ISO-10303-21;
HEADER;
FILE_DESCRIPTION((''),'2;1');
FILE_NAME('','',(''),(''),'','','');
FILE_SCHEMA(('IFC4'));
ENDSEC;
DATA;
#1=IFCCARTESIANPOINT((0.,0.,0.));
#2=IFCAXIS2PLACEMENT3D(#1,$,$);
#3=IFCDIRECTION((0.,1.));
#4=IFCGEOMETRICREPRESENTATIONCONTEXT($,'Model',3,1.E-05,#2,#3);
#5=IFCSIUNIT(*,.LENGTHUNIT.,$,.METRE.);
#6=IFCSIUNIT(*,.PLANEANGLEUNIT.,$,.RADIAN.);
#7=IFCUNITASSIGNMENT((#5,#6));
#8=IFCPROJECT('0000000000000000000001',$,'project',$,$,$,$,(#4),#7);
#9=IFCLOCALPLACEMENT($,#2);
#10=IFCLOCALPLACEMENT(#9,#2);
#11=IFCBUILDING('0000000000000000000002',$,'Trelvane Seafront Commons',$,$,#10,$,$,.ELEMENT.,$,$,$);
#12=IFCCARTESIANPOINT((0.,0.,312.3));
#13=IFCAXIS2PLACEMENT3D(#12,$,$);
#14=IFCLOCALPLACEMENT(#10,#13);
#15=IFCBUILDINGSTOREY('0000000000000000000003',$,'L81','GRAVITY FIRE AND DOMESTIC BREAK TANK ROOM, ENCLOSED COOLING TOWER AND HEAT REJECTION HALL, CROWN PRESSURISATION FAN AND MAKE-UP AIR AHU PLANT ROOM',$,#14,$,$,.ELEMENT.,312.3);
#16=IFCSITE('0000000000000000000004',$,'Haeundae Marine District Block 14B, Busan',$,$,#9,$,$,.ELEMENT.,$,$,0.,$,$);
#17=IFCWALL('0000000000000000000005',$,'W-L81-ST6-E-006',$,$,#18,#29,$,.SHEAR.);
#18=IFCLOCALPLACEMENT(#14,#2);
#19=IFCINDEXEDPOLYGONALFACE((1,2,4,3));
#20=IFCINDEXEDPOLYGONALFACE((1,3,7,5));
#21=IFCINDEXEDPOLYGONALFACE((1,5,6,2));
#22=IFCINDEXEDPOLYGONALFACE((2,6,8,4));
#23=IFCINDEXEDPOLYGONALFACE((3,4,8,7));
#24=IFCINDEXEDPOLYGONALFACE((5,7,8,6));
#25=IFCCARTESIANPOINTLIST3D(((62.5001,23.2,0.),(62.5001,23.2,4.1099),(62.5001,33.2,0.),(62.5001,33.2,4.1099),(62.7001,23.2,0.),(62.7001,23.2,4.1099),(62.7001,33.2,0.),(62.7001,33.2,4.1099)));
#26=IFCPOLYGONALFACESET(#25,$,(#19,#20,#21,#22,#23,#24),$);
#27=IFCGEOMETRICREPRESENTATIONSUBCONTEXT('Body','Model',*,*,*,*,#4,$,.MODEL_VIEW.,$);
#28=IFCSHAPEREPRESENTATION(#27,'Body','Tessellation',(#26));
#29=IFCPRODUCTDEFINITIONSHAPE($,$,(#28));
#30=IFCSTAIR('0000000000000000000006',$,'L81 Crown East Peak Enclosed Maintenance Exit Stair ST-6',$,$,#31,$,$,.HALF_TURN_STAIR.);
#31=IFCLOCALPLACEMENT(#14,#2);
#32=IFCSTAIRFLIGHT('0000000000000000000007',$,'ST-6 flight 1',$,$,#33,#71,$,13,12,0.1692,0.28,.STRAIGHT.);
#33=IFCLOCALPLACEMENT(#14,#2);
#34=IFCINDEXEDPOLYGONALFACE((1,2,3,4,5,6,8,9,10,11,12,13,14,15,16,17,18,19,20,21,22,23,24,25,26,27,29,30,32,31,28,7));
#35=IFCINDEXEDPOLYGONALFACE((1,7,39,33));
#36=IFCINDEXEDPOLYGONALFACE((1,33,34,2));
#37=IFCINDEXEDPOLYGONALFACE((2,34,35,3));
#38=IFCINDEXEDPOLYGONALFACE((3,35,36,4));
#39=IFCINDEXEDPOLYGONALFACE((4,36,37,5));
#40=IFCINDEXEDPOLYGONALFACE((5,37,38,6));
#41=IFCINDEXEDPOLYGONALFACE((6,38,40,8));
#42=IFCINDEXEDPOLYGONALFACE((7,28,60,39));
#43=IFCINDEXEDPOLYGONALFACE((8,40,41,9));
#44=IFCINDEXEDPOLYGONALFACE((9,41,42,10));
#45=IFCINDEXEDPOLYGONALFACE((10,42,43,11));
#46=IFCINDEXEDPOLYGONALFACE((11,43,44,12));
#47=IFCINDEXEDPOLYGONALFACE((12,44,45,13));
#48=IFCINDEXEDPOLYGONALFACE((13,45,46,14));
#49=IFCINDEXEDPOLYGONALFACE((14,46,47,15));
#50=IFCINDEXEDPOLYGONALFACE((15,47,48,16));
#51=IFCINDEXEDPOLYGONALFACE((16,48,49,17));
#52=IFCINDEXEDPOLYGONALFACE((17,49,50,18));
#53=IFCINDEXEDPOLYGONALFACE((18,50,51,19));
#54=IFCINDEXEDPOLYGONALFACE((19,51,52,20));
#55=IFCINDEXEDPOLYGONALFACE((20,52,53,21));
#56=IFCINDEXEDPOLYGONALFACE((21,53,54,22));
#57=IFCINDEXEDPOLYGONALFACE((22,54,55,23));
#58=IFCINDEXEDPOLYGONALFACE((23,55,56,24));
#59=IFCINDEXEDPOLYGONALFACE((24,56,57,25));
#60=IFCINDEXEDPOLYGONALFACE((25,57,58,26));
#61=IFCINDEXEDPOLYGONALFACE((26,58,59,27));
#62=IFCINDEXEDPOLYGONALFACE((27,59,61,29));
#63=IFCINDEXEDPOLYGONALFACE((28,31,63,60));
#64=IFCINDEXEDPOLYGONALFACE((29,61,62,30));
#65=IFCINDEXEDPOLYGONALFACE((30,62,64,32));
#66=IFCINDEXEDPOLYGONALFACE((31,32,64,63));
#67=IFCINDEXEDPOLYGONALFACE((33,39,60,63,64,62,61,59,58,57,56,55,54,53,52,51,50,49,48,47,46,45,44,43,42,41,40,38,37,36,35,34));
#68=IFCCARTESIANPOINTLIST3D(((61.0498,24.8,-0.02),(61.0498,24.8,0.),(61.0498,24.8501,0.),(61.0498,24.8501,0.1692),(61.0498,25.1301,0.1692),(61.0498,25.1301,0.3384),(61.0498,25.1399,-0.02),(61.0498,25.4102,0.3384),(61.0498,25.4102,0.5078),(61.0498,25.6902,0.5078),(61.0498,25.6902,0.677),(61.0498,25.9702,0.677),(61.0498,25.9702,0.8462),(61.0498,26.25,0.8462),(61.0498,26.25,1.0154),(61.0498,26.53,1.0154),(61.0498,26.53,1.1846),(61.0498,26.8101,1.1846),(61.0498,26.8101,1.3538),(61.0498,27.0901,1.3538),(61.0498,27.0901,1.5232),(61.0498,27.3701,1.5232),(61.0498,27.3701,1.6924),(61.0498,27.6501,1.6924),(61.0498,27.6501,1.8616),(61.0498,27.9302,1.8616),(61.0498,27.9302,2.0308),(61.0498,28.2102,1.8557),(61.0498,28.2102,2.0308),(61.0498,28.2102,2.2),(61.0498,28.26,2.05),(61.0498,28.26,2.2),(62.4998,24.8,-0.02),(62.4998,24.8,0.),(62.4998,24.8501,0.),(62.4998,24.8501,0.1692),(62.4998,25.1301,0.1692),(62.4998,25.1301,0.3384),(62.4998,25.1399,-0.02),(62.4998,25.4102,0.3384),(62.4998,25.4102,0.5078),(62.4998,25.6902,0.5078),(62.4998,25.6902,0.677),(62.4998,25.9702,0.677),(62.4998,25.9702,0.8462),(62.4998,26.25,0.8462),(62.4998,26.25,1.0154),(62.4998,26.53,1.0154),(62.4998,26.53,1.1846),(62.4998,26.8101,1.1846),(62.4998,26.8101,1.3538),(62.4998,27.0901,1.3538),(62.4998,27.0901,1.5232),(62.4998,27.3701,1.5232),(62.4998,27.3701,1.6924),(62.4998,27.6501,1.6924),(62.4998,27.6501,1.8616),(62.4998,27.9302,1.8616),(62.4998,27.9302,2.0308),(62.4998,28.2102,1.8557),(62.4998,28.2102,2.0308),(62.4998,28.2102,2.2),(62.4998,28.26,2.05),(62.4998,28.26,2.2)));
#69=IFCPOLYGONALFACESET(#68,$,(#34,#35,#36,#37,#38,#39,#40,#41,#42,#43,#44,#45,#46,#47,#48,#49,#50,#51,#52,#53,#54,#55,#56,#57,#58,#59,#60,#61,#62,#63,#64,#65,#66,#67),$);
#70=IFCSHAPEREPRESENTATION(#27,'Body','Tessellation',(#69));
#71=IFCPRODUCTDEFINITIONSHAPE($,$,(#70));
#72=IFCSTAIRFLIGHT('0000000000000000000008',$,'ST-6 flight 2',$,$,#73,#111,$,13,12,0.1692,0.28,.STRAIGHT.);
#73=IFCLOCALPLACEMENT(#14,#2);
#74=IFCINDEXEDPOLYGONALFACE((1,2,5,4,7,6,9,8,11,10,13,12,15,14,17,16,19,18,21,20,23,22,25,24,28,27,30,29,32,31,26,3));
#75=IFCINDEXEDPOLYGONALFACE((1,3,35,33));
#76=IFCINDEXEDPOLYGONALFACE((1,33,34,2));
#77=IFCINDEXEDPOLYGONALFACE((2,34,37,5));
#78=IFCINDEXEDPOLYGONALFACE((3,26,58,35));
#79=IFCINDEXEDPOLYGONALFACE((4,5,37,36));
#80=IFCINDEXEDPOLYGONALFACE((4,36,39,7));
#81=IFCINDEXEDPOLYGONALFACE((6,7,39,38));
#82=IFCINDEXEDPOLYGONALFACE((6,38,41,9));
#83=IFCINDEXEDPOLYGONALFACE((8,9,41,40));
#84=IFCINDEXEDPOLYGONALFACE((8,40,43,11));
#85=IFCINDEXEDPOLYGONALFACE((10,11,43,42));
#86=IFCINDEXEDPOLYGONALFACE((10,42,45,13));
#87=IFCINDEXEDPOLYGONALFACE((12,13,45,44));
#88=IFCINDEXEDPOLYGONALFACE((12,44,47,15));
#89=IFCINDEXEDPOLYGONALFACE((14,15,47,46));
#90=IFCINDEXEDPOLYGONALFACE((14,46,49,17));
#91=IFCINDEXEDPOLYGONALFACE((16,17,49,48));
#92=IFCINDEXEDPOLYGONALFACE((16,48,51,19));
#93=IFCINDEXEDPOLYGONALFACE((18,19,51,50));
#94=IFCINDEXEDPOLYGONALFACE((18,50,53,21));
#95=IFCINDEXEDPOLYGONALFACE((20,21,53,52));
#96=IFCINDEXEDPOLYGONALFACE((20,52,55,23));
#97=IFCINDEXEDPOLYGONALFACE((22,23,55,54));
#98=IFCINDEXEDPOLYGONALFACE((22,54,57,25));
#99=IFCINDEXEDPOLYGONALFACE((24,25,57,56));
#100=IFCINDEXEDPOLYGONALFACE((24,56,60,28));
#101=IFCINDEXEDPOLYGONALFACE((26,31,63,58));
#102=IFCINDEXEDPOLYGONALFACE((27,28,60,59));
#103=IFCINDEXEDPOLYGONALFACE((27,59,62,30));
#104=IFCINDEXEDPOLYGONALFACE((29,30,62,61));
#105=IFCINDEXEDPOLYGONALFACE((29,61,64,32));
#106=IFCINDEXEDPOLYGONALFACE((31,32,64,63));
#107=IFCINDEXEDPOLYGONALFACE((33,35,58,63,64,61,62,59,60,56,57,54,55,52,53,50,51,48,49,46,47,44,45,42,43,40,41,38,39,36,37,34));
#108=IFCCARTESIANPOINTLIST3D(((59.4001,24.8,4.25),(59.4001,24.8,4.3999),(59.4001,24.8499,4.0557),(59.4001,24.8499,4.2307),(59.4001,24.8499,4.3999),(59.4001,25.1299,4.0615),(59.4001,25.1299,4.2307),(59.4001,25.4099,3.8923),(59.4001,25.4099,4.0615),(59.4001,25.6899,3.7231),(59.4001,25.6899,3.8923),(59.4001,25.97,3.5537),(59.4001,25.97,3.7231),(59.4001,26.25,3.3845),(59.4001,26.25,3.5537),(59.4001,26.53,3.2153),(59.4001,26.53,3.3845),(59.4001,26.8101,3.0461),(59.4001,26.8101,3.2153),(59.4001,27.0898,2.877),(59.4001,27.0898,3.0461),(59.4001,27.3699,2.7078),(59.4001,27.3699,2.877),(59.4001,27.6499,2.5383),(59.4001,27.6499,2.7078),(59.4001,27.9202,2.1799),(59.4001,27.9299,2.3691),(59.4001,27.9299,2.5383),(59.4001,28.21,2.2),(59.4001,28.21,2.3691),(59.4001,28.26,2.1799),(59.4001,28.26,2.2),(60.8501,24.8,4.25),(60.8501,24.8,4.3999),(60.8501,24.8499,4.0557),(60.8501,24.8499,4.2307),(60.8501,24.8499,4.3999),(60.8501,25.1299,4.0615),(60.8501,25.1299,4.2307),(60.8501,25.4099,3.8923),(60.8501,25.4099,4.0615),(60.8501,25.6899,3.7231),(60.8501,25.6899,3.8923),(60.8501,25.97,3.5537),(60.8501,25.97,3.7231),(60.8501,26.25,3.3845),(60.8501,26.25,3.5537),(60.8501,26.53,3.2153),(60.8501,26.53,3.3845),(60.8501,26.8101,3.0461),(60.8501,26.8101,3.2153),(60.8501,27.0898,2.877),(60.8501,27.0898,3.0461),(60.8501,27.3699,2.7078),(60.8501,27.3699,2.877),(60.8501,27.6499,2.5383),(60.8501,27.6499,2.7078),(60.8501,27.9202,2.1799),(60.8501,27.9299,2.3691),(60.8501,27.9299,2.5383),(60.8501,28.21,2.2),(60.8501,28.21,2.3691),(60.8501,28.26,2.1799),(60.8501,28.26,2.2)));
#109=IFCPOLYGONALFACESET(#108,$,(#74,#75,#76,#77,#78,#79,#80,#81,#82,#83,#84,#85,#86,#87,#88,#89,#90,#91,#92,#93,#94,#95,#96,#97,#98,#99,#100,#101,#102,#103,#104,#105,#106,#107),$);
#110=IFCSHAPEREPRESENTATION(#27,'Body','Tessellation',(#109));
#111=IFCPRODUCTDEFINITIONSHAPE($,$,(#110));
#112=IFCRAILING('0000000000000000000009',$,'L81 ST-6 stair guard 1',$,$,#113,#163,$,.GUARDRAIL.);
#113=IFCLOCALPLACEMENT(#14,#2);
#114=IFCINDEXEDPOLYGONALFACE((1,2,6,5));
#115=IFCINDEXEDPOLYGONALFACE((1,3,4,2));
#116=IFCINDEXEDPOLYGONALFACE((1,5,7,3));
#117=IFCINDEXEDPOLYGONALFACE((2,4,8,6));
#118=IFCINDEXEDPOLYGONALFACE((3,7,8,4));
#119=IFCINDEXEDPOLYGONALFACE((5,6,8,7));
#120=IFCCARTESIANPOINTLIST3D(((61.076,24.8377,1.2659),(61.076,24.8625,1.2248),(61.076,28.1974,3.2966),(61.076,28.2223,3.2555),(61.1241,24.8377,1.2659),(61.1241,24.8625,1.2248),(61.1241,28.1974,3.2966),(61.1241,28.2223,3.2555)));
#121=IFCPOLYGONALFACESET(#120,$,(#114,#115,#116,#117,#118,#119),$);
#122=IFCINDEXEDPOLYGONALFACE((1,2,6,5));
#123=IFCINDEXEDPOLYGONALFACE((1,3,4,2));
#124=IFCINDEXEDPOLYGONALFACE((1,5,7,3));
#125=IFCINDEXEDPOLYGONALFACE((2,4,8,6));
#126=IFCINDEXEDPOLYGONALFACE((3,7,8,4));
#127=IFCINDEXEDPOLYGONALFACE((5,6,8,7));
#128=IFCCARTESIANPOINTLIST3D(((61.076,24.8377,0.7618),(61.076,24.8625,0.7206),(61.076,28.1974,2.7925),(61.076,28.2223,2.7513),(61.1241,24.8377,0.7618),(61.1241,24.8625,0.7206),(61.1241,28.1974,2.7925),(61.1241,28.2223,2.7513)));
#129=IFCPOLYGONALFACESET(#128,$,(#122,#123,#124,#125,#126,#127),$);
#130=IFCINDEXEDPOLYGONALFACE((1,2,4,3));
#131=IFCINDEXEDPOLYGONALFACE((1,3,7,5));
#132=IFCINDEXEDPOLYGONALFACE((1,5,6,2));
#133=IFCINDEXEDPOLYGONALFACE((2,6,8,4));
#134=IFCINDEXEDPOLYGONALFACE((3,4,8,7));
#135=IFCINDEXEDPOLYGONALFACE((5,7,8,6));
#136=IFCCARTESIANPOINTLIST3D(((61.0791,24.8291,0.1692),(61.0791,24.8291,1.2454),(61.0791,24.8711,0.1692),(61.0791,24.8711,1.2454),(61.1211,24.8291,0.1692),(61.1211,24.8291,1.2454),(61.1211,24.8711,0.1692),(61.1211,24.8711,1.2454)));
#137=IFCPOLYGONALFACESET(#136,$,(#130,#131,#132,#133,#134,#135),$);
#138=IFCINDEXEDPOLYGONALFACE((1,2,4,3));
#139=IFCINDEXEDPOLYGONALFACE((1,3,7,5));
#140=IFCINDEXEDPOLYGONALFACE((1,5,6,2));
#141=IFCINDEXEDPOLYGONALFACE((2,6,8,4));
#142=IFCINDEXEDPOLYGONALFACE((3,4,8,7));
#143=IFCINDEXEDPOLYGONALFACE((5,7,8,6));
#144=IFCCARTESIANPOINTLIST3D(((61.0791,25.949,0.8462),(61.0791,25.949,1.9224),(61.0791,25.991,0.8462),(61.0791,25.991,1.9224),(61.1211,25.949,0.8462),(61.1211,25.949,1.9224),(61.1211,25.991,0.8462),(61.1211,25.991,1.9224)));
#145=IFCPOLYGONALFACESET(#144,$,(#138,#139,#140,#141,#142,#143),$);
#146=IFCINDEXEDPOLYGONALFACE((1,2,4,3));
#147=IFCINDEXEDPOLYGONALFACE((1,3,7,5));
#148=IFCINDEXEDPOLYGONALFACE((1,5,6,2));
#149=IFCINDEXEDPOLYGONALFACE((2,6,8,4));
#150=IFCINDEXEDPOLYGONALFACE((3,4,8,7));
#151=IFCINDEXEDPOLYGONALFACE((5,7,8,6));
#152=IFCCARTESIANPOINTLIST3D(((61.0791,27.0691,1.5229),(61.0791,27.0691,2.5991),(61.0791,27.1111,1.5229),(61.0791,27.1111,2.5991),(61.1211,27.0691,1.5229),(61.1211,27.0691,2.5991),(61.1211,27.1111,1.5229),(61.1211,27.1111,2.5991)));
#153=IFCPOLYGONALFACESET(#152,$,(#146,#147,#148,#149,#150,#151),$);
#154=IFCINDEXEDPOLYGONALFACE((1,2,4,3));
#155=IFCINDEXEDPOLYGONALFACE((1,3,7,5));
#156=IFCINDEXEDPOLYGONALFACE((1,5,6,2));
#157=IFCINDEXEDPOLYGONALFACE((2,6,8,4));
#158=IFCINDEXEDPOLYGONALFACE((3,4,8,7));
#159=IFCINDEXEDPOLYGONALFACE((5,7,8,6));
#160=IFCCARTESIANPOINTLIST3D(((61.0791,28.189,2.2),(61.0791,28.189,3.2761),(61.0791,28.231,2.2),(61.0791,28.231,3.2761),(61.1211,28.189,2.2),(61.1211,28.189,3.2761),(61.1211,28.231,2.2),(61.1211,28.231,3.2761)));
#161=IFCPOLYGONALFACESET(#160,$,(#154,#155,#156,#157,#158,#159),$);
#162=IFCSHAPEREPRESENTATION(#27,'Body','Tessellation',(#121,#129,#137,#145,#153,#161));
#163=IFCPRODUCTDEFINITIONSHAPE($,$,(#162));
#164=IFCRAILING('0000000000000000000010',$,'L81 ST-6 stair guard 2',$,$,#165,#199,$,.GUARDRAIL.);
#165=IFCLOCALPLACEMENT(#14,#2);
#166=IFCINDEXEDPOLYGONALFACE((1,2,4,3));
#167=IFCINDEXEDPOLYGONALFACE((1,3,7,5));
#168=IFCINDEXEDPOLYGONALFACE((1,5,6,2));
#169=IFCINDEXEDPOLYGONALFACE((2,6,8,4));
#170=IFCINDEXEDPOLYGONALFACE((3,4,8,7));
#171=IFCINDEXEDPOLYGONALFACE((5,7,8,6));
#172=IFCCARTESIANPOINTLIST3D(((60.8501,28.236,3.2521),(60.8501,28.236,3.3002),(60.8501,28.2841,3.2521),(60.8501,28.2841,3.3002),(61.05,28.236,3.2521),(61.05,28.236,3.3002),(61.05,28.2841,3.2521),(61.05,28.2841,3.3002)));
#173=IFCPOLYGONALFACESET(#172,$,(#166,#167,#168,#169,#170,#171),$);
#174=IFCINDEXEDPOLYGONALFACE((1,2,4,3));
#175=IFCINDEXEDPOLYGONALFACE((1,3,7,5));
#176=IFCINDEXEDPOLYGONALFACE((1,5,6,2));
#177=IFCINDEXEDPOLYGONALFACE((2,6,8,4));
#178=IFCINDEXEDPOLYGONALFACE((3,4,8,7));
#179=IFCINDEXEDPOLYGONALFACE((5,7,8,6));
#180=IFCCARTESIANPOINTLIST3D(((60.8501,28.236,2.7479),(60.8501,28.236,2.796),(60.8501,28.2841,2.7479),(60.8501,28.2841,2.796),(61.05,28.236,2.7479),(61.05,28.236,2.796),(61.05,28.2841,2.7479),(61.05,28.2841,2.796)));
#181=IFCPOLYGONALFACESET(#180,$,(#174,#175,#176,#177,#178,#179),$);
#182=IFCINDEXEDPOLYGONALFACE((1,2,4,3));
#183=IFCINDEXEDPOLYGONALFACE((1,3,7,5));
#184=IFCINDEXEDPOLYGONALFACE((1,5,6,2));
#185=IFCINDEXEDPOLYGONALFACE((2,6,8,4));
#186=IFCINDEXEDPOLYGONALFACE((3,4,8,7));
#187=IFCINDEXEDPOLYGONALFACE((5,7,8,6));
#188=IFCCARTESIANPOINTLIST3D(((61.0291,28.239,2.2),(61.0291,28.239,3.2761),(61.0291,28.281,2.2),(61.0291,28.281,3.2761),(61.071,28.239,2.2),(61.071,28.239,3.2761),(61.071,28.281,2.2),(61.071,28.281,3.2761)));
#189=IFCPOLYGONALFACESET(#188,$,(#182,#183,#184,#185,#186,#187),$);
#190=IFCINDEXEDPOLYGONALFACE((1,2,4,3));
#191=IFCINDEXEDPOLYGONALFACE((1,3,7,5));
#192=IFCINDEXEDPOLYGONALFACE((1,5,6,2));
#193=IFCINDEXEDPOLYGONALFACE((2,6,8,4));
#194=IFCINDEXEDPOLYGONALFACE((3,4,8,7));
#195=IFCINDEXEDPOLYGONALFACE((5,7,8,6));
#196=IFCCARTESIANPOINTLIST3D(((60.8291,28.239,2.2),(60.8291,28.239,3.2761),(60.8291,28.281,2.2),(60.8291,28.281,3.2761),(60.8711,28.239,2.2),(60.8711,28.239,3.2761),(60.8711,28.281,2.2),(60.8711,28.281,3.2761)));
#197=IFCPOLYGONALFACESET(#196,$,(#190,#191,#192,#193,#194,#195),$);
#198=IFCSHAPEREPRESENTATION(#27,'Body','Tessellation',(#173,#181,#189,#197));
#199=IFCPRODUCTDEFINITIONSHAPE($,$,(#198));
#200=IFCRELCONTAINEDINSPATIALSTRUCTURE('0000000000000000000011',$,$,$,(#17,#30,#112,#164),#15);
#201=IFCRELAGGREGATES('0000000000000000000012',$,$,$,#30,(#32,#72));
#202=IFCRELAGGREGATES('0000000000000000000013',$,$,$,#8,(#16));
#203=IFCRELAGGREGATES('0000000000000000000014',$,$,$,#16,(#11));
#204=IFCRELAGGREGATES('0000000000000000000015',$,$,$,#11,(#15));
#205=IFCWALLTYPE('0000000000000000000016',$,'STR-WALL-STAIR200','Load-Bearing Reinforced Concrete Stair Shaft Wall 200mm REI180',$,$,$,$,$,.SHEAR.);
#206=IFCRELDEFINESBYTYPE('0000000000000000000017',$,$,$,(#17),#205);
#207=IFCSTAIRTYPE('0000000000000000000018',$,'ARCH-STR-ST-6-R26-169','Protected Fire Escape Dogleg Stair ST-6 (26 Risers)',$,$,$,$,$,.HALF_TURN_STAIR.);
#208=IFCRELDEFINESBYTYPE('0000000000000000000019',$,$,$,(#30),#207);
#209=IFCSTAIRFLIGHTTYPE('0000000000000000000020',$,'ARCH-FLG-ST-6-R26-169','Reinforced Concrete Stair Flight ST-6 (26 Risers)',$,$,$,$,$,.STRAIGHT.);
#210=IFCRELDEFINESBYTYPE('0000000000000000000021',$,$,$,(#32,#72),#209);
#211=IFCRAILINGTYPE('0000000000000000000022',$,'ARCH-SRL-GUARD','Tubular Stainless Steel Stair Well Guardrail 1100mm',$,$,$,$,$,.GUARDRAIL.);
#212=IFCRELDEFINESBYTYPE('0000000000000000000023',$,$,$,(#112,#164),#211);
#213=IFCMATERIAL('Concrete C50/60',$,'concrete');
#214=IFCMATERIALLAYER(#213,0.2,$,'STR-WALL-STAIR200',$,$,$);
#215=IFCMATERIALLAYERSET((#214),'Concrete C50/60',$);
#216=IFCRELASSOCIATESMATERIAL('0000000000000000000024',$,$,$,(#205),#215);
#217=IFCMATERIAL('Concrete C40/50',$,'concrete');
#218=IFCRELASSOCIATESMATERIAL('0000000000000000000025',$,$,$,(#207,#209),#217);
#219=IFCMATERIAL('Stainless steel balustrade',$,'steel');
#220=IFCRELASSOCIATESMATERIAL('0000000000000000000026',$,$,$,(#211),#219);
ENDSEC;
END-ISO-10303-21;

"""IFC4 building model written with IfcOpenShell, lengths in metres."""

from ifc_helpers import new_model, si_unit, direction, frame, frame_2d, origin, origin_2d, place, context, subcontext, project, spatial, polyline, rectangle, outline, extrude, source, transform, mapped, material, layer, layer_set, type_object, element, aggregate, save


model = new_model("IFC4")

# Units and contexts
model_context = context("Model", 3, precision=1e-05, world=origin(), true_north=direction((0.0, 1.0)))
body_context = subcontext(model_context, "Body", "Model", "MODEL_VIEW")
ifc_project = project(units=[si_unit("LENGTHUNIT", "METRE"), si_unit("PLANEANGLEUNIT", "RADIAN")], contexts=[model_context])

# Site, building, storey
site_placement = place(None, origin())
site = spatial("IfcSite", under=ifc_project, at=site_placement, Name="Haeundae Marine District Block 14B, Busan", CompositionType="ELEMENT", RefElevation=0.0)
building_placement = place(site_placement, origin())
building = spatial("IfcBuilding", under=site, at=building_placement, Name="Trelvane Seafront Commons", CompositionType="ELEMENT")
storey_placement = place(building_placement, frame((0.0, 0.0, 312.3)))
storey = spatial("IfcBuildingStorey", under=building, at=storey_placement, Name="L81", Description="GRAVITY FIRE AND DOMESTIC BREAK TANK ROOM, ENCLOSED COOLING TOWER AND HEAT REJECTION HALL, CROWN PRESSURISATION FAN AND MAKE-UP AIR AHU PLANT ROOM", CompositionType="ELEMENT", Elevation=312.3)

# Shared definitions
ifc_material_1 = material(Name="Concrete C40/50", Category="concrete")

# Wall
ifc_material_2 = material(Name="Concrete C50/60", Category="concrete")
ifc_layer_1 = layer(ifc_material_2, 0.2, Name="STR-WALL-STAIR200")
ifc_layer_set_1 = layer_set([ifc_layer_1], Name="Concrete C50/60")
wall_type_1 = type_object("IfcWallType", Name="STR-WALL-STAIR200", Description="Load-Bearing Reinforced Concrete Stair Shaft Wall 200mm REI180", PredefinedType="SHEAR", material=ifc_layer_set_1)
for number, where, z_axis, x_axis, name in (
    (1, (62.6001, 23.2, 0.0), (0.0, 0.0, 1.0), (0.0, 1.0, 0.0), "W-L81-ST6-E-006"),
):
    element("IfcWall", number, at=place(storey_placement, frame(where, z_axis=z_axis, x_axis=x_axis)), inside=storey, type_object=wall_type_1, Name=name, PredefinedType="SHEAR", context=body_context, shape_type="SweptSolid", body=[
        extrude(rectangle(XDim=10.0, YDim=0.2, at=frame_2d((5.0, 0.0))), origin(), (0.0, 0.0, 1.0), 4.1099),
    ])

# Stair, stair flights
stair_type = type_object("IfcStairType", Name="ARCH-STR-ST-6-R26-169", Description="Protected Fire Escape Dogleg Stair ST-6 (26 Risers)", PredefinedType="HALF_TURN_STAIR", material=ifc_material_1)
stair_placement = place(storey_placement, origin())
stair = element("IfcStair", 2, at=stair_placement, inside=storey, type_object=stair_type, Name="L81 Crown East Peak Enclosed Maintenance Exit Stair ST-6", PredefinedType="HALF_TURN_STAIR")
stair_flight_type = type_object("IfcStairFlightType", Name="ARCH-FLG-ST-6-R26-169", Description="Reinforced Concrete Stair Flight ST-6 (26 Risers)", PredefinedType="STRAIGHT", material=ifc_material_1)
shared_shape_1 = source(origin(), body_context, "Body", "SweptSolid", [
    extrude(outline(polyline([(-0.05, -0.02), (-0.05, 0.0), (0.0, 0.0), (0.0, 0.1692), (0.28, 0.1692), (0.28, 0.3384), (0.5601, 0.3384), (0.5601, 0.5078), (0.8401, 0.5078), (0.8401, 0.677), (1.1201, 0.677), (1.1201, 0.8462), (1.3999, 0.8462), (1.3999, 1.0154), (1.6799, 1.0154), (1.6799, 1.1846), (1.96, 1.1846), (1.96, 1.3538), (2.24, 1.3538), (2.24, 1.5232), (2.52, 1.5232), (2.52, 1.6924), (2.8, 1.6924), (2.8, 1.8616), (3.0801, 1.8616), (3.0801, 2.0308), (3.3601, 2.0308), (3.3601, 2.2), (3.4099, 2.2), (3.4099, 2.05), (3.3601, 1.8557), (0.2898, -0.02), (-0.05, -0.02)])), frame((0.0, 0.7251, 0.0), z_axis=(0.0, -1.0, 0.0), x_axis=(1.0, 0.0, 0.0)), (0.0, 0.0, 1.0), 1.45),
])
stair_flight_1_placement = place(storey_placement, frame((61.7749, 24.8501, 0.0), z_axis=(0.0, 0.0, 1.0), x_axis=(0.0, 1.0, 0.0)))
stair_flight_1 = element("IfcStairFlight", 3, at=stair_flight_1_placement, type_object=stair_flight_type, Name="ST-6 flight 1", NumberOfRisers=13, NumberOfTreads=12, PredefinedType="STRAIGHT", RiserHeight=0.1692, TreadLength=0.28, context=body_context, shape_type="MappedRepresentation", body=[
    mapped(shared_shape_1, transform((0.0, 0.0, 0.0), x_axis=(1.0, 0.0, 0.0), y_axis=(0.0, 1.0, 0.0), z_axis=(0.0, 0.0, 1.0), scale=1.0)),
])
stair_flight_2_placement = place(storey_placement, frame((60.125, 28.21, 2.2), z_axis=(0.0, 0.0, 1.0), x_axis=(0.0, -1.0, 0.0)))
stair_flight_2 = element("IfcStairFlight", 4, at=stair_flight_2_placement, type_object=stair_flight_type, Name="ST-6 flight 2", NumberOfRisers=13, NumberOfTreads=12, PredefinedType="STRAIGHT", RiserHeight=0.1692, TreadLength=0.28, context=body_context, shape_type="MappedRepresentation", body=[
    mapped(shared_shape_1, transform((0.0, 0.0, 0.0), x_axis=(1.0, 0.0, 0.0), y_axis=(0.0, 1.0, 0.0), z_axis=(0.0, 0.0, 1.0), scale=1.0)),
])
aggregate(stair, [stair_flight_1, stair_flight_2])

# Railings
ifc_material_3 = material(Name="Stainless steel balustrade", Category="steel")
railing_type_1 = type_object("IfcRailingType", Name="ARCH-SRL-GUARD", Description="Tubular Stainless Steel Stair Well Guardrail 1100mm", PredefinedType="GUARDRAIL", material=ifc_material_3)
railing_1_placement = place(storey_placement, frame((61.1001, 24.8501, 0.1692)))
element("IfcRailing", 5, at=railing_1_placement, inside=storey, type_object=railing_type_1, Name="L81 ST-6 stair guard 1", PredefinedType="GUARDRAIL", context=body_context, shape_type="SweptSolid", body=[
    extrude(rectangle(XDim=0.0481, YDim=0.0481, at=origin_2d()), frame((0.0, 0.0, 1.0762), z_axis=(0.0, 0.85582, 0.517273), x_axis=(-1.0, 0.0, 0.0)), (0.0, 0.0, 1.0), 3.9258),
    extrude(rectangle(XDim=0.0481, YDim=0.0481, at=origin_2d()), frame((0.0, 0.0, 0.572), z_axis=(0.0, 0.85582, 0.517273), x_axis=(-1.0, 0.0, 0.0)), (0.0, 0.0, 1.0), 3.9258),
    extrude(rectangle(XDim=0.042, YDim=0.042, at=origin_2d()), origin(), (0.0, 0.0, 1.0), 1.0762),
    extrude(rectangle(XDim=0.042, YDim=0.042, at=origin_2d()), frame((0.0, 1.1199, 0.677)), (0.0, 0.0, 1.0), 1.0762),
    extrude(rectangle(XDim=0.042, YDim=0.042, at=origin_2d()), frame((0.0, 2.24, 1.3538)), (0.0, 0.0, 1.0), 1.0762),
    extrude(rectangle(XDim=0.042, YDim=0.042, at=origin_2d()), frame((0.0, 3.3599, 2.0308)), (0.0, 0.0, 1.0), 1.0762),
])
railing_2_placement = place(storey_placement, frame((61.05, 28.26, 2.2)))
element("IfcRailing", 6, at=railing_2_placement, inside=storey, type_object=railing_type_1, Name="L81 ST-6 stair guard 2", PredefinedType="GUARDRAIL", context=body_context, shape_type="SweptSolid", body=[
    extrude(rectangle(XDim=0.0481, YDim=0.0481, at=origin_2d()), frame((0.0, 0.0, 1.0762), z_axis=(-1.0, 0.0, 0.0), x_axis=(0.0, -1.0, 0.0)), (0.0, 0.0, 1.0), 0.2),
    extrude(rectangle(XDim=0.0481, YDim=0.0481, at=origin_2d()), frame((0.0, 0.0, 0.572), z_axis=(-1.0, 0.0, 0.0), x_axis=(0.0, -1.0, 0.0)), (0.0, 0.0, 1.0), 0.2),
    extrude(rectangle(XDim=0.042, YDim=0.042, at=origin_2d()), origin(), (0.0, 0.0, 1.0), 1.0762),
    extrude(rectangle(XDim=0.042, YDim=0.042, at=origin_2d()), frame((-0.2, 0.0, 0.0)), (0.0, 0.0, 1.0), 1.0762),
])

save(model, "model.ifc")
